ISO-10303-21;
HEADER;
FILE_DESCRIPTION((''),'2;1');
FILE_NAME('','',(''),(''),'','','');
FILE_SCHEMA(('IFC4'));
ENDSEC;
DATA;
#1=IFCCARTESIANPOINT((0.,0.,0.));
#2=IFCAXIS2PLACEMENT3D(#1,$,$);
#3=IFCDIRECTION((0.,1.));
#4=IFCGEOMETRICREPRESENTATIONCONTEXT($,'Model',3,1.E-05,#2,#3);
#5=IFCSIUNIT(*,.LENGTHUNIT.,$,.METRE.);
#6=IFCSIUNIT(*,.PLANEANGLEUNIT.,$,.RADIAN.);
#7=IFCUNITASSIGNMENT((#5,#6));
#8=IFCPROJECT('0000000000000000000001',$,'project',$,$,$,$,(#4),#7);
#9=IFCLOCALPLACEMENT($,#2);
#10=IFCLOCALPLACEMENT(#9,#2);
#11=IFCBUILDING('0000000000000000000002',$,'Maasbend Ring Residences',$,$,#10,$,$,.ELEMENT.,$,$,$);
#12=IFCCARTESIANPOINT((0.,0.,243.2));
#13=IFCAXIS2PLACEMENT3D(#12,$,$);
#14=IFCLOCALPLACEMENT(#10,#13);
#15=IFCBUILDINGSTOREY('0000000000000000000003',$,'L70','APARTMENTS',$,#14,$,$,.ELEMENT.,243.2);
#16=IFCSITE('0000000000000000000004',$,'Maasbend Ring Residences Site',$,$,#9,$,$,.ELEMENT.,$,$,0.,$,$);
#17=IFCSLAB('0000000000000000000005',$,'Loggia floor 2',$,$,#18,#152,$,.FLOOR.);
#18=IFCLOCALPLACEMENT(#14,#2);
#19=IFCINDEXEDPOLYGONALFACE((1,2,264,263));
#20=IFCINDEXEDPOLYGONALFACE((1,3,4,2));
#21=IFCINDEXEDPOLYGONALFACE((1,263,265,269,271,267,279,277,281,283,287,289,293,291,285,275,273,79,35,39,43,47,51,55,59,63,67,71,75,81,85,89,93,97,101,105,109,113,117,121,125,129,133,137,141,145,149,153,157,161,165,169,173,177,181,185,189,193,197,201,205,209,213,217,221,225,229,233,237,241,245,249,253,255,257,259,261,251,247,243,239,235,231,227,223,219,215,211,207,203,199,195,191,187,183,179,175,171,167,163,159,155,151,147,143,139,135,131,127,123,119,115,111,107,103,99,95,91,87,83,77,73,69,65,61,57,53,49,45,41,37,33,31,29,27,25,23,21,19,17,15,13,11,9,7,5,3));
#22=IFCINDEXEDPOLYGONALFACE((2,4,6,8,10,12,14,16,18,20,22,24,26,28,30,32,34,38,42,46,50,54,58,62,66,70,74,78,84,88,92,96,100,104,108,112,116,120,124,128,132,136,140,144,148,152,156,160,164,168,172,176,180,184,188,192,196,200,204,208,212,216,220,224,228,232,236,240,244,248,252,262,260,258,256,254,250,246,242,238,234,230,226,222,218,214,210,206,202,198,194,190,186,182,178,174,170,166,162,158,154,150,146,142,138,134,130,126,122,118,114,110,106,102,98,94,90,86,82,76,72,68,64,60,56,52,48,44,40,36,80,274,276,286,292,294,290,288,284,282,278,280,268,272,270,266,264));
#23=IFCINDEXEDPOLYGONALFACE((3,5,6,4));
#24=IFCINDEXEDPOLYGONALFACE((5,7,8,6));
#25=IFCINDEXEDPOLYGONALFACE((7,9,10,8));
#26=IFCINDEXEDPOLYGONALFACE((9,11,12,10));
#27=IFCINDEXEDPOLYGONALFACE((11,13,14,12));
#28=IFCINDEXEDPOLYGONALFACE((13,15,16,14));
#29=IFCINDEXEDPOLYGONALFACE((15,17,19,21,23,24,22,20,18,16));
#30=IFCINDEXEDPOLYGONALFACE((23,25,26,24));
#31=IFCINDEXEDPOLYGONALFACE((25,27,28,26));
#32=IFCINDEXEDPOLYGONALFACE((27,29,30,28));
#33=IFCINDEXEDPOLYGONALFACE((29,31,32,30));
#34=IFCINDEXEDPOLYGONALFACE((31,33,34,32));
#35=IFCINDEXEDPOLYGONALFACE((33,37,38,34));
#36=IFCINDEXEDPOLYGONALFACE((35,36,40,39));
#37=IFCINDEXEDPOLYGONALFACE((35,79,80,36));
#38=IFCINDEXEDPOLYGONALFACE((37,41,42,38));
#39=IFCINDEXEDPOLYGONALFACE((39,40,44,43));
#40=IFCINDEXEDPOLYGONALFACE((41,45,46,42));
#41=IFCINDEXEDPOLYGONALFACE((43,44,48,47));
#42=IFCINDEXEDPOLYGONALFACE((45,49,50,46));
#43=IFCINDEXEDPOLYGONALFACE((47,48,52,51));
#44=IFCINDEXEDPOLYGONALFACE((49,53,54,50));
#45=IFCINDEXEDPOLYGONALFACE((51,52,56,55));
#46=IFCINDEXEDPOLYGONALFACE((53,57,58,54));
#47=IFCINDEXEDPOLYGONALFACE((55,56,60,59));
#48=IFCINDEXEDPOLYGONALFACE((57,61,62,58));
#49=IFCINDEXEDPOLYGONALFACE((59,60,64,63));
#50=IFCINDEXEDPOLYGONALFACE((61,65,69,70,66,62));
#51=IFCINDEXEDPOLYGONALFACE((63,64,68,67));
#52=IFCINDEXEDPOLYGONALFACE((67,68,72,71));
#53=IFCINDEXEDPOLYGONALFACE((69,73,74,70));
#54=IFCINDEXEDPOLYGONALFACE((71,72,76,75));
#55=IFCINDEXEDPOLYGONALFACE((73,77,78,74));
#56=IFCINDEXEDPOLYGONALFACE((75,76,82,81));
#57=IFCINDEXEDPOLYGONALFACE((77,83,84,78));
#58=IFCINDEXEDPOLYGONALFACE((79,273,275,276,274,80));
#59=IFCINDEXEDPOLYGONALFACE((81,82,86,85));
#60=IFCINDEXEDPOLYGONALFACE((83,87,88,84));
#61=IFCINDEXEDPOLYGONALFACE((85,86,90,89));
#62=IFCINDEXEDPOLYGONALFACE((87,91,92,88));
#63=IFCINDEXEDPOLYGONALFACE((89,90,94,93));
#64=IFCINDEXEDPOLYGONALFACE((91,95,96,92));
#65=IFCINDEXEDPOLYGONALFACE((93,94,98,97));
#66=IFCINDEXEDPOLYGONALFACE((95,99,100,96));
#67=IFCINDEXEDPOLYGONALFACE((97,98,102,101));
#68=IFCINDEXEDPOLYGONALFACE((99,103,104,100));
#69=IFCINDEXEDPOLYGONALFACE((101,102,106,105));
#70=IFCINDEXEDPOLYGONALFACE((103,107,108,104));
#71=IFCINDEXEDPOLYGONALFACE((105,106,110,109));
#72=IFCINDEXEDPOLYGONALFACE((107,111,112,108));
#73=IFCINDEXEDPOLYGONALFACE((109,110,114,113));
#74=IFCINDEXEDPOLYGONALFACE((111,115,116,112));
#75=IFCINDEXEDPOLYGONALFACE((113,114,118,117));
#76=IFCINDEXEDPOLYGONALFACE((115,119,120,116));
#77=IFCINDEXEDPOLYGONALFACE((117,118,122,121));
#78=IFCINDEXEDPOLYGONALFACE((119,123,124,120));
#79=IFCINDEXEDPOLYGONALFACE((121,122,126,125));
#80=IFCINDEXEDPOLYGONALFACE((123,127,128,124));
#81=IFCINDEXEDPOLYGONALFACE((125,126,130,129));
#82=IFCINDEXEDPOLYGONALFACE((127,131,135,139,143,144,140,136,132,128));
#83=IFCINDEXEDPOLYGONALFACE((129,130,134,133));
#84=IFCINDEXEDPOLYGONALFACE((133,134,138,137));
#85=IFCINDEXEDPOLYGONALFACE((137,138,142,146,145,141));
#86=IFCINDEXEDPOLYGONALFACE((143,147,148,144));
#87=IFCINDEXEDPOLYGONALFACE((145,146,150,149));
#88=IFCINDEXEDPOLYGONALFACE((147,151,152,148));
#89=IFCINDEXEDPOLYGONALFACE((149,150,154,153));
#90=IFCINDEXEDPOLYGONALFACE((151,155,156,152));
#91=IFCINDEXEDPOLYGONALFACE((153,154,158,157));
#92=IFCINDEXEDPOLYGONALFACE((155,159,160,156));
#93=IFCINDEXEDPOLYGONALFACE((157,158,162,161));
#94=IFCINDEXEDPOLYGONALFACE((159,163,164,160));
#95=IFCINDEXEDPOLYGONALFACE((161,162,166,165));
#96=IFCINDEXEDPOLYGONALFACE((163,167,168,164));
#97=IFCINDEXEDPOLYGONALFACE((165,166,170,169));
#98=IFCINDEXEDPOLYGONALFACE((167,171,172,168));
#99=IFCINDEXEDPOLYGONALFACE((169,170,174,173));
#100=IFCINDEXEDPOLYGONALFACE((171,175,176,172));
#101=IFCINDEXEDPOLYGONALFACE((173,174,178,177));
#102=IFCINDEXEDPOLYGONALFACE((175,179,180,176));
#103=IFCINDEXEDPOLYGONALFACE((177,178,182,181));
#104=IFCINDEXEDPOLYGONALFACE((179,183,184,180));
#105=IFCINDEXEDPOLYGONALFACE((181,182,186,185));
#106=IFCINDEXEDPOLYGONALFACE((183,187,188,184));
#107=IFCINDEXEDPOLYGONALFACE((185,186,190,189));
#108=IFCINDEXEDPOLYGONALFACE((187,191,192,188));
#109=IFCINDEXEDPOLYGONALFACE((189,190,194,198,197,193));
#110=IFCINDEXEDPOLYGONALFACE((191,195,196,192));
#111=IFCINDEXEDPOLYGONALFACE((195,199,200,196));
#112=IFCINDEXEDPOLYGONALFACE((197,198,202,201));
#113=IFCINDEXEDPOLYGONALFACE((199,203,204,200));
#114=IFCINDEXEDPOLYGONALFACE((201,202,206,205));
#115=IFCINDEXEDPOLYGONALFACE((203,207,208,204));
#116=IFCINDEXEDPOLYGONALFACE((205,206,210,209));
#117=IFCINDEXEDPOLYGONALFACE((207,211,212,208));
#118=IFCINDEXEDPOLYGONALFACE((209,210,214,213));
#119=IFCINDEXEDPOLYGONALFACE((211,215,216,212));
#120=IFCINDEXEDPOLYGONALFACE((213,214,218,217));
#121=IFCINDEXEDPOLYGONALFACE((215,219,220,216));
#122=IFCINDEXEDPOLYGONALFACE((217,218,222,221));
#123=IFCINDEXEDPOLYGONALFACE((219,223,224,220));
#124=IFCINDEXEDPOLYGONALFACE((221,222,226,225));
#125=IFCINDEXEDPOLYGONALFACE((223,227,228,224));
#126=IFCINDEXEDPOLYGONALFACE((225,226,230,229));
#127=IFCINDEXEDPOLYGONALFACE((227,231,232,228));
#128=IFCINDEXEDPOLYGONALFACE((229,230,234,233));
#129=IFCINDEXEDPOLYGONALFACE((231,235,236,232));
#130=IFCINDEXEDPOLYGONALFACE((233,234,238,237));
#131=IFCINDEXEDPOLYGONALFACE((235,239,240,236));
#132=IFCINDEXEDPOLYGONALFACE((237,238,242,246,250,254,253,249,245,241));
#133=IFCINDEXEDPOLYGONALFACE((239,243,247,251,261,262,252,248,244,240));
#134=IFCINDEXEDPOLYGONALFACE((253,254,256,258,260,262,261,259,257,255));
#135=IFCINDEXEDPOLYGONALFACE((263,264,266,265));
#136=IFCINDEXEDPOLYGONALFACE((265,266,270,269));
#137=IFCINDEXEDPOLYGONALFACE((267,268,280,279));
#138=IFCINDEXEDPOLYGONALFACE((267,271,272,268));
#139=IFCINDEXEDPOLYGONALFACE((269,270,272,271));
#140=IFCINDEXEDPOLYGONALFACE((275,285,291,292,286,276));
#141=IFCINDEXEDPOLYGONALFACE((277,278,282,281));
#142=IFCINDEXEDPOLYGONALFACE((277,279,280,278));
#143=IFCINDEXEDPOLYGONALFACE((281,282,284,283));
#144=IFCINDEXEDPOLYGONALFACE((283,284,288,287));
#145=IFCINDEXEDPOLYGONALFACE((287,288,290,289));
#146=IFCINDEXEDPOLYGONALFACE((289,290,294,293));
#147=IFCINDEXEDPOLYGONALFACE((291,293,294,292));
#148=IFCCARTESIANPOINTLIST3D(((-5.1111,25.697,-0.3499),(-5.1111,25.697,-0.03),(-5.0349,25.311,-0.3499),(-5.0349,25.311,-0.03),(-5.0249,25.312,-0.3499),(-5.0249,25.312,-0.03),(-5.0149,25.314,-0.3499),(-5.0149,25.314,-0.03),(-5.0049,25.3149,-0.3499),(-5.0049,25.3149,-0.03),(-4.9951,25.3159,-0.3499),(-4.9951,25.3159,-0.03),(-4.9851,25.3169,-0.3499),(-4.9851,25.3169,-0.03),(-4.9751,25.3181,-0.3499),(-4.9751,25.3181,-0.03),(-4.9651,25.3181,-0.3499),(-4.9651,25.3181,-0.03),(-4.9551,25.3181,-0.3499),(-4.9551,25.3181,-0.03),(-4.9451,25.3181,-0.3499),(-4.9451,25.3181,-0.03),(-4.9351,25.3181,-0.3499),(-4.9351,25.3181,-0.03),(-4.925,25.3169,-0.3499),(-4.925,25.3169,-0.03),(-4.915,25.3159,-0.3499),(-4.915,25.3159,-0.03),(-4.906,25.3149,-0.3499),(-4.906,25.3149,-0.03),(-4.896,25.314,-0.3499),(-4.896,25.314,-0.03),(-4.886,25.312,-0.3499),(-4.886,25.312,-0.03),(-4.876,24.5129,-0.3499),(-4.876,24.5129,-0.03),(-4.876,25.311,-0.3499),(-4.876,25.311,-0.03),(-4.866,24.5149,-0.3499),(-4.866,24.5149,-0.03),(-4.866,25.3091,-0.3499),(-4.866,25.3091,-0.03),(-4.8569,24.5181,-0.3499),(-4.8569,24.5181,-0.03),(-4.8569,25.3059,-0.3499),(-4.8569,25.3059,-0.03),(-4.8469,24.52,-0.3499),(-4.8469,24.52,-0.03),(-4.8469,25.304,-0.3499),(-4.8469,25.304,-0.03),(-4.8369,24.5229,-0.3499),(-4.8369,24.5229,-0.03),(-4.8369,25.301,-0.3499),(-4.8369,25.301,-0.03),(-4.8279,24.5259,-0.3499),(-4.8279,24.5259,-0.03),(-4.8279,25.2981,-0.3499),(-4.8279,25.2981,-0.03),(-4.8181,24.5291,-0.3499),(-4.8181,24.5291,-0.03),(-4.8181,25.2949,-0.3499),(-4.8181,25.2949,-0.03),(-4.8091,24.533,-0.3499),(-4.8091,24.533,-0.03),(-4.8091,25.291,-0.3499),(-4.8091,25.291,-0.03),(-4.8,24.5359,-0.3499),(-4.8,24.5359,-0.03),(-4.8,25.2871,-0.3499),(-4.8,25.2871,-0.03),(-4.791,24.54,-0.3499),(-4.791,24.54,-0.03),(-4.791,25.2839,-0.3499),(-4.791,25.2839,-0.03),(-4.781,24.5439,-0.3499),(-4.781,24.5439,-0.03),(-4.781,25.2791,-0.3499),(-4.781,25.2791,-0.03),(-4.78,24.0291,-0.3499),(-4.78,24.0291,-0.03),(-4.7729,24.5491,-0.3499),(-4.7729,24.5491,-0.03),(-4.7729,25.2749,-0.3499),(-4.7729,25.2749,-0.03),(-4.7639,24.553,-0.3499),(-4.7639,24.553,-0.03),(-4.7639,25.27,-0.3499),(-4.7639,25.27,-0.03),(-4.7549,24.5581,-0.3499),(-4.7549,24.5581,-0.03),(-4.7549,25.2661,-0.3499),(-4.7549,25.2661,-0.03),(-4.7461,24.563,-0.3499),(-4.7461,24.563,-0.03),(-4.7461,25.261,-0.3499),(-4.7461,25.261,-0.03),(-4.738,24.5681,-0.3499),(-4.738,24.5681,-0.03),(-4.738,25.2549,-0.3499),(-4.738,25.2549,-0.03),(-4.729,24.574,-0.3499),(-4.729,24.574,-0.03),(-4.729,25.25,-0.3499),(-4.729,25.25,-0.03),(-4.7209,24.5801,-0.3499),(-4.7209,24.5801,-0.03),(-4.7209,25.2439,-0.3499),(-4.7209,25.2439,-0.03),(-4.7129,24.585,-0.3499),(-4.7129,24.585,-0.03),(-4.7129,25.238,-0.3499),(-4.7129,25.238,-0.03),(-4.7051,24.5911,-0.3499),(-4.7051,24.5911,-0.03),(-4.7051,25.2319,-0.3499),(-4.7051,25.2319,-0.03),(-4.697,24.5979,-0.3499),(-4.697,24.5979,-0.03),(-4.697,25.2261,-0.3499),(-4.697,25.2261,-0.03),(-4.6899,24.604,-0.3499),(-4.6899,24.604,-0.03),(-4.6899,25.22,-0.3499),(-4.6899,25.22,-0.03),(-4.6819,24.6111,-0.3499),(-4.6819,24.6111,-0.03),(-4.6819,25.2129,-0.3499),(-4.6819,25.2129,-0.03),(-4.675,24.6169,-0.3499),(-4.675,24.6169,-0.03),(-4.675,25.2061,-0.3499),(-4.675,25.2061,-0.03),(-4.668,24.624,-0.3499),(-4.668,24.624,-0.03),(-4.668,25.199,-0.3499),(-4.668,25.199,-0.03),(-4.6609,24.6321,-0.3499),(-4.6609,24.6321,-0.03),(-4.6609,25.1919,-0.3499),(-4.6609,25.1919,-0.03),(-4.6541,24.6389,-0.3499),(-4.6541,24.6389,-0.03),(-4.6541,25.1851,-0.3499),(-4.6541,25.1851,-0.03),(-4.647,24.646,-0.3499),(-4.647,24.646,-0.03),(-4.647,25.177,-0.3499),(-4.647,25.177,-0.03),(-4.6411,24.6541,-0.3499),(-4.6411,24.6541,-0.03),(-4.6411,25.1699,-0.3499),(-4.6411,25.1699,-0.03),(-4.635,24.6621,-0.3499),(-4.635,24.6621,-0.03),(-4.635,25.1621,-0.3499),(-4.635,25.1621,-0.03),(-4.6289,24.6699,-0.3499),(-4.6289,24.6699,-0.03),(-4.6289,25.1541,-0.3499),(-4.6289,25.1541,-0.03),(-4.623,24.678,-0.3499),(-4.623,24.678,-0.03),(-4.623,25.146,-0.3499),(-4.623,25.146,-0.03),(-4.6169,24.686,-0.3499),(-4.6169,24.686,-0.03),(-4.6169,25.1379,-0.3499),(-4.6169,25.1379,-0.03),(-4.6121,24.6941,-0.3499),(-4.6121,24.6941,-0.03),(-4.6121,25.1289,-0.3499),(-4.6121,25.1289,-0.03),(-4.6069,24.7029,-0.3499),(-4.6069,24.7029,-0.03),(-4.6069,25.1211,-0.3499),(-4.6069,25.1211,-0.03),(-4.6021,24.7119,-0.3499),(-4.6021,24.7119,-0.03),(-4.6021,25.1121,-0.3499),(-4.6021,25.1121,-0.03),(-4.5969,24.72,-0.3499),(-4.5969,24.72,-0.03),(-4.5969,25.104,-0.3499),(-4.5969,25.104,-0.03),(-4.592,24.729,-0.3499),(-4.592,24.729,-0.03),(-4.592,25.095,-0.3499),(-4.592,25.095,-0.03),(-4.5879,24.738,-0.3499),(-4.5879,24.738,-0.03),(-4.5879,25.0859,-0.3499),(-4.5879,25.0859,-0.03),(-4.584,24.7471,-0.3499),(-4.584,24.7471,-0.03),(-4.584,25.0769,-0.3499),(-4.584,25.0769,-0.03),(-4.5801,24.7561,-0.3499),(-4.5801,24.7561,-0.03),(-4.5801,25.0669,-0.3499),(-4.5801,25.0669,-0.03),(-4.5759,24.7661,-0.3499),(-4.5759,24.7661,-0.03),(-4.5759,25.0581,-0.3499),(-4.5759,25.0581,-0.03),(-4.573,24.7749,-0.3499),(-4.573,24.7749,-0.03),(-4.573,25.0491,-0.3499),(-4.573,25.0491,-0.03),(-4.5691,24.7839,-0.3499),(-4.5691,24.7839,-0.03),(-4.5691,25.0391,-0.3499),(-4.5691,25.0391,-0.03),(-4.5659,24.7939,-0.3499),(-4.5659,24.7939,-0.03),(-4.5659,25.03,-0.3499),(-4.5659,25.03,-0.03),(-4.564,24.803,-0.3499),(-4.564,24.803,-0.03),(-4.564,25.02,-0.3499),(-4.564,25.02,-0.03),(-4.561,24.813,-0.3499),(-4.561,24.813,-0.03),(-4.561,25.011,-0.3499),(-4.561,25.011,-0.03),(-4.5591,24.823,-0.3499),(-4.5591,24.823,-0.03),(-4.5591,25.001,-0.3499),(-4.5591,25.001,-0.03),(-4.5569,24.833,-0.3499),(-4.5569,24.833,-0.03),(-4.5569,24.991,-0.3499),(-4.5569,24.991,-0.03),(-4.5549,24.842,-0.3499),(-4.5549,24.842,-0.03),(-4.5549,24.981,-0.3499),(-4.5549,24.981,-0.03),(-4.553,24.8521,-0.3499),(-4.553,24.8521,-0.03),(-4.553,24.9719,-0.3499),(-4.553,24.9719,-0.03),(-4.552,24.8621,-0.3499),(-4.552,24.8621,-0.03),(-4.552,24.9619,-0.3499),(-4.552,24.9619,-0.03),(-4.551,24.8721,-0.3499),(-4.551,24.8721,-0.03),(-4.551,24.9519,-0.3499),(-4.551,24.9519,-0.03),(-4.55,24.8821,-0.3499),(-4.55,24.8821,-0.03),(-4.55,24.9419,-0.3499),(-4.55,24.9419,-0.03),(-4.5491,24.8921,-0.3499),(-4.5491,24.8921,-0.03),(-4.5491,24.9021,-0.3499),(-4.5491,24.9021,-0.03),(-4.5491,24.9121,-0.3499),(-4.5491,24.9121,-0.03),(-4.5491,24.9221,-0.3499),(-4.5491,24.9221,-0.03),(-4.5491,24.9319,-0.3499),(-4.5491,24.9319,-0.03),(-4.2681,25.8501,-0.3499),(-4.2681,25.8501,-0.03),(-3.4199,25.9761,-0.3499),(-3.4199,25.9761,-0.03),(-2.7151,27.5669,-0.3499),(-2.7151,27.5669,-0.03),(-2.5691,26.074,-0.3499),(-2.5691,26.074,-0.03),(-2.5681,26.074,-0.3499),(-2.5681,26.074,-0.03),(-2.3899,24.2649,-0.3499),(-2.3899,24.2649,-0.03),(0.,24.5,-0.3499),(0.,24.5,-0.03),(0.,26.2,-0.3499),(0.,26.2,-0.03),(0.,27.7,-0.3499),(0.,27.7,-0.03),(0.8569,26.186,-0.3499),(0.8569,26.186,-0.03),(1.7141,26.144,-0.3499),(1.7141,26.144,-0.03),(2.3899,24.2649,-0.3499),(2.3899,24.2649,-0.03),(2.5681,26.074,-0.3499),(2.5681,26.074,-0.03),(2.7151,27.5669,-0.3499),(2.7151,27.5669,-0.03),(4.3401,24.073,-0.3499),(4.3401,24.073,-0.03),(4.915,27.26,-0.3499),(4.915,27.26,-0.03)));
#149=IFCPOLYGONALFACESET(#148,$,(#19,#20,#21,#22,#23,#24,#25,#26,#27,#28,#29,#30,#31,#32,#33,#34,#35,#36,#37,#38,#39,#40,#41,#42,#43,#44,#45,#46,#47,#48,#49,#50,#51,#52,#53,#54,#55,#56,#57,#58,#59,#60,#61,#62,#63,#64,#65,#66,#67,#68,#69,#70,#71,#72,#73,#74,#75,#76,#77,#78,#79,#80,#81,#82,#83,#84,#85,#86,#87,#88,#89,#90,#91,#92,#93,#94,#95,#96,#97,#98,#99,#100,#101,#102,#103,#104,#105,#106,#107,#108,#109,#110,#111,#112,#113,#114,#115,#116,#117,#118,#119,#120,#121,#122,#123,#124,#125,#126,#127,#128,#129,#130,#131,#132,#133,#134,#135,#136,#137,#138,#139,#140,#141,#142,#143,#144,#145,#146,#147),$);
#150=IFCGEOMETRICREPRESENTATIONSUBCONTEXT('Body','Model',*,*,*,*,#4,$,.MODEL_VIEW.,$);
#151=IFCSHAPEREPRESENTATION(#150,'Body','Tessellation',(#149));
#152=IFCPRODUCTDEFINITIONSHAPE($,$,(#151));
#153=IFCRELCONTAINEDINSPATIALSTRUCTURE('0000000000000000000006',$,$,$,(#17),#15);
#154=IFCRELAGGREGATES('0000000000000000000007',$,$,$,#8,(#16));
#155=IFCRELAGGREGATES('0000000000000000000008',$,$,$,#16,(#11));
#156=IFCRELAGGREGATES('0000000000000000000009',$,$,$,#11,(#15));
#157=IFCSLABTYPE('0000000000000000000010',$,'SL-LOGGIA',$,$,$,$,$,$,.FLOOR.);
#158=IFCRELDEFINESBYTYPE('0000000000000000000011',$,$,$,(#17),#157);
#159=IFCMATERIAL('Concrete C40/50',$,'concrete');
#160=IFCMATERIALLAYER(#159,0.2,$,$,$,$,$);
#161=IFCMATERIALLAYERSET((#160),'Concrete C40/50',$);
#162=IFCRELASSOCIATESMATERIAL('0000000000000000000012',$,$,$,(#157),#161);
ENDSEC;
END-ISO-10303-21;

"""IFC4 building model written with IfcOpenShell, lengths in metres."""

from ifc_helpers import new_model, si_unit, direction, frame, origin, place, context, subcontext, project, spatial, polyline, outline, extrude, material, layer, layer_set, type_object, element, save


model = new_model("IFC4")

# Units and contexts
model_context = context("Model", 3, precision=1e-05, world=origin(), true_north=direction((0.0, 1.0)))
body_context = subcontext(model_context, "Body", "Model", "MODEL_VIEW")
ifc_project = project(units=[si_unit("LENGTHUNIT", "METRE"), si_unit("PLANEANGLEUNIT", "RADIAN")], contexts=[model_context])

# Site, building, storey
site_placement = place(None, origin())
site = spatial("IfcSite", under=ifc_project, at=site_placement, Name="Maasbend Ring Residences Site", CompositionType="ELEMENT", RefElevation=0.0)
building_placement = place(site_placement, origin())
building = spatial("IfcBuilding", under=site, at=building_placement, Name="Maasbend Ring Residences", CompositionType="ELEMENT")
storey_placement = place(building_placement, frame((0.0, 0.0, 243.2)))
storey = spatial("IfcBuildingStorey", under=building, at=storey_placement, Name="L70", Description="APARTMENTS", CompositionType="ELEMENT", Elevation=243.2)

# Slab
ifc_material_1 = material(Name="Concrete C40/50", Category="concrete")
ifc_layer_1 = layer(ifc_material_1, 0.2)
ifc_layer_set_1 = layer_set([ifc_layer_1], Name="Concrete C40/50")
slab_type_1 = type_object("IfcSlabType", Name="SL-LOGGIA", PredefinedType="FLOOR", material=ifc_layer_set_1)
slab_1_placement = place(storey_placement, frame((0.0, 0.0, -0.3499)))
element("IfcSlab", 1, at=slab_1_placement, inside=storey, type_object=slab_type_1, Name="Loggia floor 2", PredefinedType="FLOOR", context=body_context, shape_type="SweptSolid", body=[
    extrude(outline(polyline([(-3.4199, 25.9761), (-2.5691, 26.074), (-2.5681, 26.074), (-2.5681, 26.074), (-2.5681, 26.074), (-2.5681, 26.074), (-2.5681, 26.074), (-2.5681, 26.074), (-2.5681, 26.074), (-2.5681, 26.074), (-2.5681, 26.074), (-2.5681, 26.074), (-2.5681, 26.074), (-2.5681, 26.074), (-2.5681, 26.074), (-2.5681, 26.074), (-2.5681, 26.074), (-2.5681, 26.074), (-2.7151, 27.5669), (-2.7151, 27.5669), (-2.7151, 27.5669), (0.0, 27.7), (0.0, 27.7), (0.0, 27.7), (0.0, 26.2), (0.0, 26.2), (0.0, 26.2), (0.0, 26.2), (0.0, 26.2), (0.0, 26.2), (0.0, 26.2), (0.0, 26.2), (0.0, 26.2), (0.0, 26.2), (0.0, 26.2), (0.0, 26.2), (0.0, 26.2), (0.0, 26.2), (0.0, 26.2), (0.0, 26.2), (0.0, 26.2), (0.8569, 26.186), (0.8569, 26.186), (1.7141, 26.144), (1.7141, 26.144), (2.5681, 26.074), (2.5681, 26.074), (2.5681, 26.074), (2.5681, 26.074), (2.5681, 26.074), (2.5681, 26.074), (2.5681, 26.074), (2.5681, 26.074), (2.5681, 26.074), (2.5681, 26.074), (2.5681, 26.074), (2.5681, 26.074), (2.5681, 26.074), (2.5681, 26.074), (2.5681, 26.074), (2.5681, 26.074), (2.5681, 26.074), (2.7151, 27.5669), (2.7151, 27.5669), (2.7151, 27.5669), (4.915, 27.26), (4.915, 27.26), (4.915, 27.26), (4.3401, 24.073), (4.3401, 24.073), (4.3401, 24.073), (2.3899, 24.2649), (0.0, 24.5), (0.0, 24.5), (0.0, 24.5), (-2.3899, 24.2649), (-4.78, 24.0291), (-4.78, 24.0291), (-4.78, 24.0291), (-4.876, 24.5129), (-4.866, 24.5149), (-4.8569, 24.5181), (-4.8469, 24.52), (-4.8369, 24.5229), (-4.8279, 24.5259), (-4.8181, 24.5291), (-4.8091, 24.533), (-4.8, 24.5359), (-4.791, 24.54), (-4.781, 24.5439), (-4.7729, 24.5491), (-4.7639, 24.553), (-4.7549, 24.5581), (-4.7461, 24.563), (-4.738, 24.5681), (-4.729, 24.574), (-4.7209, 24.5801), (-4.7129, 24.585), (-4.7051, 24.5911), (-4.697, 24.5979), (-4.6899, 24.604), (-4.6819, 24.6111), (-4.675, 24.6169), (-4.668, 24.624), (-4.6609, 24.6321), (-4.6541, 24.6389), (-4.647, 24.646), (-4.6411, 24.6541), (-4.635, 24.6621), (-4.6289, 24.6699), (-4.623, 24.678), (-4.6169, 24.686), (-4.6121, 24.6941), (-4.6069, 24.7029), (-4.6021, 24.7119), (-4.5969, 24.72), (-4.592, 24.729), (-4.5879, 24.738), (-4.584, 24.7471), (-4.5801, 24.7561), (-4.5759, 24.7661), (-4.573, 24.7749), (-4.5691, 24.7839), (-4.5659, 24.7939), (-4.564, 24.803), (-4.561, 24.813), (-4.5591, 24.823), (-4.5569, 24.833), (-4.5549, 24.842), (-4.553, 24.8521), (-4.552, 24.8621), (-4.551, 24.8721), (-4.55, 24.8821), (-4.5491, 24.8921), (-4.5491, 24.9021), (-4.5491, 24.9121), (-4.5491, 24.9221), (-4.5491, 24.9319), (-4.55, 24.9419), (-4.551, 24.9519), (-4.552, 24.9619), (-4.553, 24.9719), (-4.5549, 24.981), (-4.5569, 24.991), (-4.5591, 25.001), (-4.561, 25.011), (-4.564, 25.02), (-4.5659, 25.03), (-4.5691, 25.0391), (-4.573, 25.0491), (-4.5759, 25.0581), (-4.5801, 25.0669), (-4.584, 25.0769), (-4.5879, 25.0859), (-4.592, 25.095), (-4.5969, 25.104), (-4.6021, 25.1121), (-4.6069, 25.1211), (-4.6121, 25.1289), (-4.6169, 25.1379), (-4.623, 25.146), (-4.6289, 25.1541), (-4.635, 25.1621), (-4.6411, 25.1699), (-4.647, 25.177), (-4.6541, 25.1851), (-4.6609, 25.1919), (-4.668, 25.199), (-4.675, 25.2061), (-4.6819, 25.2129), (-4.6899, 25.22), (-4.697, 25.2261), (-4.7051, 25.2319), (-4.7129, 25.238), (-4.7209, 25.2439), (-4.729, 25.25), (-4.738, 25.2549), (-4.7461, 25.261), (-4.7549, 25.2661), (-4.7639, 25.27), (-4.7729, 25.2749), (-4.781, 25.2791), (-4.791, 25.2839), (-4.8, 25.2871), (-4.8091, 25.291), (-4.8181, 25.2949), (-4.8279, 25.2981), (-4.8369, 25.301), (-4.8469, 25.304), (-4.8569, 25.3059), (-4.866, 25.3091), (-4.876, 25.311), (-4.886, 25.312), (-4.896, 25.314), (-4.906, 25.3149), (-4.915, 25.3159), (-4.925, 25.3169), (-4.9351, 25.3181), (-4.9451, 25.3181), (-4.9551, 25.3181), (-4.9651, 25.3181), (-4.9751, 25.3181), (-4.9851, 25.3169), (-4.9951, 25.3159), (-5.0049, 25.3149), (-5.0149, 25.314), (-5.0249, 25.312), (-5.0349, 25.311), (-5.1111, 25.697), (-5.1111, 25.697), (-5.1111, 25.697), (-4.2681, 25.8501), (-4.2681, 25.8501), (-3.4199, 25.9761), (-3.4199, 25.9761)])), origin(), (0.0, 0.0, 1.0), 0.3198),
])

save(model, "model.ifc")
